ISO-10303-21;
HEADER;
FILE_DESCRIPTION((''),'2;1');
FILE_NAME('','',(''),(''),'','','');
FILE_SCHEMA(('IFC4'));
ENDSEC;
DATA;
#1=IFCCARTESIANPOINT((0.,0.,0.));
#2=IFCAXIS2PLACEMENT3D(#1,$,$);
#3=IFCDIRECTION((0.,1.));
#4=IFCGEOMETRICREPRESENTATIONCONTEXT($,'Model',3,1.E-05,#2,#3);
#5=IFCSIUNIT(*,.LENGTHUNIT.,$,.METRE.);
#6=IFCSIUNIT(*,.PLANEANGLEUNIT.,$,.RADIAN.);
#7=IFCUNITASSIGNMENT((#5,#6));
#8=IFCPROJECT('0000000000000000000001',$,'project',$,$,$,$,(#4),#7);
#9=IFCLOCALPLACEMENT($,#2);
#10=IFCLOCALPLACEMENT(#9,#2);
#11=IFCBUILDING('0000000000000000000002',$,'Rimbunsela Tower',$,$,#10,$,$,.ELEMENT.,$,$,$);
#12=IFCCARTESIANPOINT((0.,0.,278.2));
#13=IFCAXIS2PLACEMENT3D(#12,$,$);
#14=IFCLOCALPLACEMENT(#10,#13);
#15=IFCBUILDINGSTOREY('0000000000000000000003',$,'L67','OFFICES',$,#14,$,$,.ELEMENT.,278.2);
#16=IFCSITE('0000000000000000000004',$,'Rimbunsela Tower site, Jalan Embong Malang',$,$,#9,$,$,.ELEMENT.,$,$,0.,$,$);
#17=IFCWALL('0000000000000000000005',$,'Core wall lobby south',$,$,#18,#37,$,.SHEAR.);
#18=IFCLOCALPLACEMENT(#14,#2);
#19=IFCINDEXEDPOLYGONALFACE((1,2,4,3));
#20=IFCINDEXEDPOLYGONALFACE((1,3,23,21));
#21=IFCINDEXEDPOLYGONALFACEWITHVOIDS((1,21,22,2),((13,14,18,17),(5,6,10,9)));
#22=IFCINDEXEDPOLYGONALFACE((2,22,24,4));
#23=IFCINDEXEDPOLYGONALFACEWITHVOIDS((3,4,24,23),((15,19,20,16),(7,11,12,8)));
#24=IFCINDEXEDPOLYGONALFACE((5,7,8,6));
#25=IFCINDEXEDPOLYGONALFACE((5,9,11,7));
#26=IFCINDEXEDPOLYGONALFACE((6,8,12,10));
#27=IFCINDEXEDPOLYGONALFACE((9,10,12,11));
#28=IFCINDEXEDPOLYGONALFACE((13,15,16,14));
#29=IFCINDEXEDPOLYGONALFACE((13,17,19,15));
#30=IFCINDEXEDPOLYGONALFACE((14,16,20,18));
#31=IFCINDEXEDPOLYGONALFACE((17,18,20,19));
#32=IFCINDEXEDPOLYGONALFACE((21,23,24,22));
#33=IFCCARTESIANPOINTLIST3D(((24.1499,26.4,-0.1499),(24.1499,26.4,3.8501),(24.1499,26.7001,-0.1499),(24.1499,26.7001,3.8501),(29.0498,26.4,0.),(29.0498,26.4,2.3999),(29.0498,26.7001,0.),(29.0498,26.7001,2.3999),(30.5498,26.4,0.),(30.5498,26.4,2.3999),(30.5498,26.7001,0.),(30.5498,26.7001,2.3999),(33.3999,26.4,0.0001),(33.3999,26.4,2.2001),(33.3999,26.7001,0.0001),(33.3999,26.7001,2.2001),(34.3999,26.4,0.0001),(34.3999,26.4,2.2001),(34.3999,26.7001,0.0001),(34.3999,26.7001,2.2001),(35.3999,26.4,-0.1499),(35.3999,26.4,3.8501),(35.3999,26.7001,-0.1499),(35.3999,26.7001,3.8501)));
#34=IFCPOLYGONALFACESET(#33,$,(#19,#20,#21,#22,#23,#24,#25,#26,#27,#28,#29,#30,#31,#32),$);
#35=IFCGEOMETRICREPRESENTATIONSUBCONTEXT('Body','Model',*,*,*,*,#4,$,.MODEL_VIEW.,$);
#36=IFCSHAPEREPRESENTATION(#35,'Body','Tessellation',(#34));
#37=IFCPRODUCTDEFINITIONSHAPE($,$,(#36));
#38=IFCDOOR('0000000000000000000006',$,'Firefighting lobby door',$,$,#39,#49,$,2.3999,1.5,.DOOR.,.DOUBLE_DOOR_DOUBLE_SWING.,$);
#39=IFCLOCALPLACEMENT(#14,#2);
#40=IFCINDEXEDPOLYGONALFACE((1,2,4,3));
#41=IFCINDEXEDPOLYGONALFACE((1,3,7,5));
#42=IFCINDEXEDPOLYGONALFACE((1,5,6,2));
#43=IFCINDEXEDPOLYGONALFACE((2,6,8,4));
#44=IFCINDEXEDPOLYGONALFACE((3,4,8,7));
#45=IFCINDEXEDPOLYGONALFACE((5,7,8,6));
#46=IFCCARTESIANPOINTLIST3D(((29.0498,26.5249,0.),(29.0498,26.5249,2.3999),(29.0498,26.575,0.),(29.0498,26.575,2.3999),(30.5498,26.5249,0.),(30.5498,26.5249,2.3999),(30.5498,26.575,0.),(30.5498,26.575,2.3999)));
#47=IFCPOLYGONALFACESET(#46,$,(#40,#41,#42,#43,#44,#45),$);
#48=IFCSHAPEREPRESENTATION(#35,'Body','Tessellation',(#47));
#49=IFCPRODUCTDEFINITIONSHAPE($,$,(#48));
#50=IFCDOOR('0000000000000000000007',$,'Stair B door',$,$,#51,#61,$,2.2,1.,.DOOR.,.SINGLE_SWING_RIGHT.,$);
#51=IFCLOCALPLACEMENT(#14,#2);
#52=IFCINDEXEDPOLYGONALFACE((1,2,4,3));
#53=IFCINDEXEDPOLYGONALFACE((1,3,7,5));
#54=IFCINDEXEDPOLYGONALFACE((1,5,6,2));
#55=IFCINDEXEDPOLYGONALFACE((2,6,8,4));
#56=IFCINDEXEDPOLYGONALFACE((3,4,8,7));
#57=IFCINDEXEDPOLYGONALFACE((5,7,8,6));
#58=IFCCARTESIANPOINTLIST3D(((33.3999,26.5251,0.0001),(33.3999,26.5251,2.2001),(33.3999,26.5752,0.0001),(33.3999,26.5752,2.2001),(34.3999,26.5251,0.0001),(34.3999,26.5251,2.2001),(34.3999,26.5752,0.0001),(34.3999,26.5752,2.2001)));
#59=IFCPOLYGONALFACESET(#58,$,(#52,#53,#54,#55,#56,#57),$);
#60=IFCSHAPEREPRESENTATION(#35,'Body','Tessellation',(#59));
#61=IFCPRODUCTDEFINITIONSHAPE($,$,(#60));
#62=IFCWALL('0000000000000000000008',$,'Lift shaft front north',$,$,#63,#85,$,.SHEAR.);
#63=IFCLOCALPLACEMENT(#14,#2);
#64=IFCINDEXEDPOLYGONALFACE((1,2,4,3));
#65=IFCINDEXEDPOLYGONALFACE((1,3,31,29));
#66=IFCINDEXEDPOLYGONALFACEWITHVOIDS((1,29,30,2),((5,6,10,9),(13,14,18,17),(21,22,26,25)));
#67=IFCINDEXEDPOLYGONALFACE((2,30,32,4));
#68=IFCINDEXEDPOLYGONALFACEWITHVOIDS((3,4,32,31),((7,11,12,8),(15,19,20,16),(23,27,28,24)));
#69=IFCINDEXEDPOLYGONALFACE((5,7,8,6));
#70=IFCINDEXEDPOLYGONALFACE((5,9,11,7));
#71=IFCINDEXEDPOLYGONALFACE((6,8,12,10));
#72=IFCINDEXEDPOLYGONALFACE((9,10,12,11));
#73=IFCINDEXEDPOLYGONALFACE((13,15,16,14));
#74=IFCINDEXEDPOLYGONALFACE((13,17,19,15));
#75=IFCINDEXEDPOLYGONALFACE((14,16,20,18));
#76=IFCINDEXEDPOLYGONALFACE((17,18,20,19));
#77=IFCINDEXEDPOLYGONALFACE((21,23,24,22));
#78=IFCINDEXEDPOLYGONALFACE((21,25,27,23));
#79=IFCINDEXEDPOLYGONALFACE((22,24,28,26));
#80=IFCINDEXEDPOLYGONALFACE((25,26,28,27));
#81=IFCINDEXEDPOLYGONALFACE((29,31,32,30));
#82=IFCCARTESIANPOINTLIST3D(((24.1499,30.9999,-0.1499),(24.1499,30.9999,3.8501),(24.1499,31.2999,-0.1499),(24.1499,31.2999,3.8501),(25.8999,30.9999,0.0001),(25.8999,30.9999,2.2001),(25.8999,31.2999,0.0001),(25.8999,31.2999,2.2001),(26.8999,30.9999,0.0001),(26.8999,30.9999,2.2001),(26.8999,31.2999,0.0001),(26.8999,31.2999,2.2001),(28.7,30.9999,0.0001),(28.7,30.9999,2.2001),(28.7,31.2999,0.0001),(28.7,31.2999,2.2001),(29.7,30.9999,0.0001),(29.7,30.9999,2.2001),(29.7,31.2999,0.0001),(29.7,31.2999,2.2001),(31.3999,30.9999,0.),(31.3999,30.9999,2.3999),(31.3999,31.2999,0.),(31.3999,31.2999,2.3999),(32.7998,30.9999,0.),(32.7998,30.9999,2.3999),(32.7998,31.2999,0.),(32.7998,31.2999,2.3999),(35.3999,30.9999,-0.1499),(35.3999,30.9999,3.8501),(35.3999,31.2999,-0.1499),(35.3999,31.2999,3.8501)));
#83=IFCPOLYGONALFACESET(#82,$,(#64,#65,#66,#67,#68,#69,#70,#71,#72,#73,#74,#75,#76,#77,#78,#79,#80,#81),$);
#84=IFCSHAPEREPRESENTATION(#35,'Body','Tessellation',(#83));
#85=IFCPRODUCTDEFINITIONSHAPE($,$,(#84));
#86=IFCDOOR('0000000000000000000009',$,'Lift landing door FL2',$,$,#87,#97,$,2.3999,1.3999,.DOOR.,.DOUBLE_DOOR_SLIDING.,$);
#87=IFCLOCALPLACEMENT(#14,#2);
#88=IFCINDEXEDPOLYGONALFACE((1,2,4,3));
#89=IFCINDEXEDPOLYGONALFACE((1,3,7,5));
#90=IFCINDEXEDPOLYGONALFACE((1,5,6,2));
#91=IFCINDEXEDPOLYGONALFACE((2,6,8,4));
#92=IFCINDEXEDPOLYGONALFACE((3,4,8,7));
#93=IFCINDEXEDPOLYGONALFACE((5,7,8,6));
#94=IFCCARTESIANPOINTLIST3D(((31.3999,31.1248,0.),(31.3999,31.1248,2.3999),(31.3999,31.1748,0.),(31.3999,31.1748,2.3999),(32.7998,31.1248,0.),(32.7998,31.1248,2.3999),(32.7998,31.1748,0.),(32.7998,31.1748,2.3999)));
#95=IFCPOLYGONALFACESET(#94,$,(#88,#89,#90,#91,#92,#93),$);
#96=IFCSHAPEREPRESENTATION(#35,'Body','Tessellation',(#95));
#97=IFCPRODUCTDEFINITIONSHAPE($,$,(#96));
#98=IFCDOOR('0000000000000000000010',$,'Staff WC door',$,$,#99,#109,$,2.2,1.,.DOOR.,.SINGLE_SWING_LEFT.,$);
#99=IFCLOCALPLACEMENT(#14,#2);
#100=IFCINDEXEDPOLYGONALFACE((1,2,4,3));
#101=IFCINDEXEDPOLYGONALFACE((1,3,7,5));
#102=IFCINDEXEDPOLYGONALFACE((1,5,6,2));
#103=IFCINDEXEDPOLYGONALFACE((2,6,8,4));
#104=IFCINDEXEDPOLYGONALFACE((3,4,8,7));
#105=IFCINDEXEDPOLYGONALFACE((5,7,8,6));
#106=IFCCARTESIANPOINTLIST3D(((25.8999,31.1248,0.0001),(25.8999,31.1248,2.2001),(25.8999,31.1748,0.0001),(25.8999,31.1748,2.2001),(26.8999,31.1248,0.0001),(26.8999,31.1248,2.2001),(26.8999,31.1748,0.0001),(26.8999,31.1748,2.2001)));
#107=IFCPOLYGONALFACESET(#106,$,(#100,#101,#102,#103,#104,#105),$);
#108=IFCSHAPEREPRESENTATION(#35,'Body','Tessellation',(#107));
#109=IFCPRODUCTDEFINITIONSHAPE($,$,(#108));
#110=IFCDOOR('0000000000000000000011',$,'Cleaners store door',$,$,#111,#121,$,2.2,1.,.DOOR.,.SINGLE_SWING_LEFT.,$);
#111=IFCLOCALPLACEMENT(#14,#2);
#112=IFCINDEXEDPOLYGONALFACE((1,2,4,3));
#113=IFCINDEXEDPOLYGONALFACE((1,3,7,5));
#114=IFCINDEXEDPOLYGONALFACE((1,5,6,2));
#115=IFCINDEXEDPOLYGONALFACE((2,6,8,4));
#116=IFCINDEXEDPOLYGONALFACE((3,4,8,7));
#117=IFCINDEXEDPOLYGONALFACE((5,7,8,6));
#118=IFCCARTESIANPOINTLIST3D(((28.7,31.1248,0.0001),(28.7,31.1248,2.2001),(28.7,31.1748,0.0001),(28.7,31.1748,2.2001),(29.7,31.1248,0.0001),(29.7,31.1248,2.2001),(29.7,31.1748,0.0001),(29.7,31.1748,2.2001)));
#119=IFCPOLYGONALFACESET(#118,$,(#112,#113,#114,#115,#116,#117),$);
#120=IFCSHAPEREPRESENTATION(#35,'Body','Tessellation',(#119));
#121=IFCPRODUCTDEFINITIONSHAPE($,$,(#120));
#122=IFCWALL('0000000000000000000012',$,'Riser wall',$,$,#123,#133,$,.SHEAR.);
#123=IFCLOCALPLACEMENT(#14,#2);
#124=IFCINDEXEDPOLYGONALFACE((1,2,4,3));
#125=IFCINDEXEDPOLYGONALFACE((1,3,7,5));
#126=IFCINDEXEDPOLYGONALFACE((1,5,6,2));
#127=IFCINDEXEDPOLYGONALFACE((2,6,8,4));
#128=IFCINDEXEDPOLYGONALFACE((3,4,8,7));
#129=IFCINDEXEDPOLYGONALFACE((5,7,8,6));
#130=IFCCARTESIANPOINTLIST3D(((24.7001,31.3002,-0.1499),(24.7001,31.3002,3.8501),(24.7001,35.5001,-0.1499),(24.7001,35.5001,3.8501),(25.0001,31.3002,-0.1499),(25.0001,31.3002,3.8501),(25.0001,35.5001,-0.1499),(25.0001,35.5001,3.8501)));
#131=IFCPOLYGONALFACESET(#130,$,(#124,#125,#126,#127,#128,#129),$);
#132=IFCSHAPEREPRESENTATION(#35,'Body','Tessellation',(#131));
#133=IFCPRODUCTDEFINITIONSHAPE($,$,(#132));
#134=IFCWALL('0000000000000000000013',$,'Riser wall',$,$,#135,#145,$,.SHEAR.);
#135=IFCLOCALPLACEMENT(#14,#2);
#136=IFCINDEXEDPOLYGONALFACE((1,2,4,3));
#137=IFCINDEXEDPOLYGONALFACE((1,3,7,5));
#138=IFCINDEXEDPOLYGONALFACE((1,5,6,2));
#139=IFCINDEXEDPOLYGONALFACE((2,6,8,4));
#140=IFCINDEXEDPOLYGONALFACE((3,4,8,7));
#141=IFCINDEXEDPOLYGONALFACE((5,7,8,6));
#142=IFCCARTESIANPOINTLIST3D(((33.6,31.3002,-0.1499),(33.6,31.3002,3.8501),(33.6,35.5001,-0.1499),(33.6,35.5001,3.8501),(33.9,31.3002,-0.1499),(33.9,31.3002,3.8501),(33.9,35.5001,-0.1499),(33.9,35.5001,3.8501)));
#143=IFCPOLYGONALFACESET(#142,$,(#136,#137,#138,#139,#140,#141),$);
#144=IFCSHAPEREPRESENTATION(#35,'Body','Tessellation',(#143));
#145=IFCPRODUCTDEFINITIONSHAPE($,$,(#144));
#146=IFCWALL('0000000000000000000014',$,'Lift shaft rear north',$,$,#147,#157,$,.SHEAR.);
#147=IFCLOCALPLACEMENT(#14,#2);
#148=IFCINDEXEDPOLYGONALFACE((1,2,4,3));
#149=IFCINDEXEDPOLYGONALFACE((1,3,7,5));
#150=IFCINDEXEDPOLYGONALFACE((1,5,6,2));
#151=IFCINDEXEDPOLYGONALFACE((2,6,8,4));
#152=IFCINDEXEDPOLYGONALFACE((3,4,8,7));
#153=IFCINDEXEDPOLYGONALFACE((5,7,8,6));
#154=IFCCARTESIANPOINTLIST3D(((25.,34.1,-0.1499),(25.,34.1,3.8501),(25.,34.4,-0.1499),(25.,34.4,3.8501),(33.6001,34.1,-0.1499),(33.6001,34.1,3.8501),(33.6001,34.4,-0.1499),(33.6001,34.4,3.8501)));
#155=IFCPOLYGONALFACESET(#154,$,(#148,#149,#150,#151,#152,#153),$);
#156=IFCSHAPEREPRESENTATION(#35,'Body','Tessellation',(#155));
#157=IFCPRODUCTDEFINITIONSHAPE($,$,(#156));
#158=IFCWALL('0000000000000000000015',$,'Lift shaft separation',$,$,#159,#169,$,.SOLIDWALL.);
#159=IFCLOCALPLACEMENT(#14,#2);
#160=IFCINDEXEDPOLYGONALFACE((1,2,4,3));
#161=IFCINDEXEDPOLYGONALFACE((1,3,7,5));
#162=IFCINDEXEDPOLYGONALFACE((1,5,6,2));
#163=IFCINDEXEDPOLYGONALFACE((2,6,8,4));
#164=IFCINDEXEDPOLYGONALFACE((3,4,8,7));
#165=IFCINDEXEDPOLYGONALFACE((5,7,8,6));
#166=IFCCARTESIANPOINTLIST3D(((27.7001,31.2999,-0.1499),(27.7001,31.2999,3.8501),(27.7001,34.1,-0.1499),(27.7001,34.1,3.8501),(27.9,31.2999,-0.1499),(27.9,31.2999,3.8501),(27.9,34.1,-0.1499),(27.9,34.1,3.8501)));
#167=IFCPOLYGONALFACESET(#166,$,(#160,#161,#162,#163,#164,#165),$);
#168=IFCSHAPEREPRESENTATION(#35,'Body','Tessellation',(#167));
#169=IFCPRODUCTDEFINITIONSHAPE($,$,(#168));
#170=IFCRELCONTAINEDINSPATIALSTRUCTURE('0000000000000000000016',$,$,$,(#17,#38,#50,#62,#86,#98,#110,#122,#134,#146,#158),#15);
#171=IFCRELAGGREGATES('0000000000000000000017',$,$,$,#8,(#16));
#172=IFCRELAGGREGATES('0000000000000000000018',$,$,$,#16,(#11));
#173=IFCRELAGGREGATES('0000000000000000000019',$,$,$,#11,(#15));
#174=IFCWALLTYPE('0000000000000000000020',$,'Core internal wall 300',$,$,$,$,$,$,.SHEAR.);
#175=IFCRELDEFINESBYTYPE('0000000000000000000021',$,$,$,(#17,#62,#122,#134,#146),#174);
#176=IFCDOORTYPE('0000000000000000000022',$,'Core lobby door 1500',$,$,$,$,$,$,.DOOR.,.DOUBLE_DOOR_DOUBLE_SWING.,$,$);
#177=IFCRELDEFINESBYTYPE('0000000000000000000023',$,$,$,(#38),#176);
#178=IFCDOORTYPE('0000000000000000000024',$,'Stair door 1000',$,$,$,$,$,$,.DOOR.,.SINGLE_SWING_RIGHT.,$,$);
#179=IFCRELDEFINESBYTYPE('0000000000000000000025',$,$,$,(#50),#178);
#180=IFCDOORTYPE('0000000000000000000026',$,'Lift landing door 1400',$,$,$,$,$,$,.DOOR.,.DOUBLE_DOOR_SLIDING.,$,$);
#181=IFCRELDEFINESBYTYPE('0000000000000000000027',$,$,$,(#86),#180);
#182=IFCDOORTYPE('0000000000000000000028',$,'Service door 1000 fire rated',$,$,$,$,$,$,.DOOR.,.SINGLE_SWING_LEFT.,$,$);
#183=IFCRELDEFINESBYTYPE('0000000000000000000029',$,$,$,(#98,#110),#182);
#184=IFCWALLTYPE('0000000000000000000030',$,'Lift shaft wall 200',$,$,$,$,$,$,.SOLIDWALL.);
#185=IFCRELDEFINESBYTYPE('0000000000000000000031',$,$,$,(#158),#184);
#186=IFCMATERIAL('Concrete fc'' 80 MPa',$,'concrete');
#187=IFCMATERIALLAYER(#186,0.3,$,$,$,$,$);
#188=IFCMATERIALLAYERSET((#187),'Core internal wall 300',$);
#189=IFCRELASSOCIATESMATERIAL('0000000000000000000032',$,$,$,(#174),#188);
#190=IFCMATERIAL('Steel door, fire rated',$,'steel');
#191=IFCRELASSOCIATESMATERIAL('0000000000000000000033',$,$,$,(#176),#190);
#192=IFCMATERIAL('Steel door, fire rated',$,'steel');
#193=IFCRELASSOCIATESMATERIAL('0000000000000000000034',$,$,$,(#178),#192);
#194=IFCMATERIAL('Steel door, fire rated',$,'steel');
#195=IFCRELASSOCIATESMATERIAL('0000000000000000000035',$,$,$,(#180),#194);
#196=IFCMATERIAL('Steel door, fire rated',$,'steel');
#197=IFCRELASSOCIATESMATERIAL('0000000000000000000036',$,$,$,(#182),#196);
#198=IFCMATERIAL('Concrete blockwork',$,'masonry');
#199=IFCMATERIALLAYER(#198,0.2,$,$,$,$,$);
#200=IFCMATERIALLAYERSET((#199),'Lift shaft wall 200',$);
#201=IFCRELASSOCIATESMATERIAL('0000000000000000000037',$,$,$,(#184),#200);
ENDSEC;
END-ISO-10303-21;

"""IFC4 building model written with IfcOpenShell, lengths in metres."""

from ifc_helpers import new_model, si_unit, direction, frame, frame_2d, origin, place, context, subcontext, project, spatial, rectangle, extrude, material, layer, layer_set, type_object, element, fill, save


model = new_model("IFC4")

# Units and contexts
model_context = context("Model", 3, precision=1e-05, world=origin(), true_north=direction((0.0, 1.0)))
body_context = subcontext(model_context, "Body", "Model", "MODEL_VIEW")
ifc_project = project(units=[si_unit("LENGTHUNIT", "METRE"), si_unit("PLANEANGLEUNIT", "RADIAN")], contexts=[model_context])

# Site, building, storey
site_placement = place(None, origin())
site = spatial("IfcSite", under=ifc_project, at=site_placement, Name="Rimbunsela Tower site, Jalan Embong Malang", CompositionType="ELEMENT", RefElevation=0.0)
building_placement = place(site_placement, origin())
building = spatial("IfcBuilding", under=site, at=building_placement, Name="Rimbunsela Tower", CompositionType="ELEMENT")
storey_placement = place(building_placement, frame((0.0, 0.0, 278.2)))
storey = spatial("IfcBuildingStorey", under=building, at=storey_placement, Name="L67", Description="OFFICES", CompositionType="ELEMENT", Elevation=278.2)

# Walls, openings, doors
ifc_material_1 = material(Name="Concrete fc' 80 MPa", Category="concrete")
ifc_layer_1 = layer(ifc_material_1, 0.3)
ifc_layer_set_1 = layer_set([ifc_layer_1], Name="Core internal wall 300")
wall_type_1 = type_object("IfcWallType", Name="Core internal wall 300", PredefinedType="SHEAR", material=ifc_layer_set_1)
wall_1_placement = place(storey_placement, frame((24.1499, 26.55, -0.1499), z_axis=(0.0, 0.0, 1.0), x_axis=(1.0, 0.0, 0.0)))
wall_1 = element("IfcWall", 1, at=wall_1_placement, inside=storey, type_object=wall_type_1, Name="Core wall lobby south", PredefinedType="SHEAR", context=body_context, shape_type="SweptSolid", body=[
    extrude(rectangle(XDim=11.25, YDim=0.3, at=frame_2d((5.625, 0.0))), origin(), (0.0, 0.0, 1.0), 4.0),
])
opening_1_placement = place(wall_1_placement, frame((9.25, 0.0, 0.1499)))
opening_1 = element("IfcOpeningElement", 2, at=opening_1_placement, cuts=wall_1, PredefinedType="OPENING", context=body_context, shape_type="SweptSolid", body=[
    extrude(rectangle(XDim=1.0, YDim=2.2, at=frame_2d((0.5, 1.1001))), frame((0.0, 0.1599, 0.0), z_axis=(0.0, -1.0, 0.0), x_axis=(1.0, 0.0, 0.0)), (0.0, 0.0, 1.0), 0.3201),
])
opening_2_placement = place(wall_1_placement, frame((4.8999, 0.0, 0.1499)))
opening_2 = element("IfcOpeningElement", 3, at=opening_2_placement, cuts=wall_1, PredefinedType="OPENING", context=body_context, shape_type="SweptSolid", body=[
    extrude(rectangle(XDim=1.5, YDim=2.3999, at=frame_2d((0.75, 1.2))), frame((0.0, 0.1599, 0.0), z_axis=(0.0, -1.0, 0.0), x_axis=(1.0, 0.0, 0.0)), (0.0, 0.0, 1.0), 0.3201),
])
ifc_material_2 = material(Name="Steel door, fire rated", Category="steel")
door_type_1 = type_object("IfcDoorType", Name="Core lobby door 1500", OperationType="DOUBLE_DOOR_DOUBLE_SWING", PredefinedType="DOOR", material=ifc_material_2)
door_1_placement = place(opening_2_placement, origin())
door_1 = element("IfcDoor", 4, at=door_1_placement, inside=storey, type_object=door_type_1, Name="Firefighting lobby door", OperationType="DOUBLE_DOOR_DOUBLE_SWING", OverallHeight=2.3999, OverallWidth=1.5, PredefinedType="DOOR", context=body_context, shape_type="SweptSolid", body=[
    extrude(rectangle(XDim=1.5, YDim=2.3999, at=frame_2d((0.75, 1.2))), frame((0.0, 0.0249, 0.0), z_axis=(0.0, -1.0, 0.0), x_axis=(1.0, 0.0, 0.0)), (0.0, 0.0, 1.0), 0.05),
])
fill(opening_2, door_1)
ifc_material_3 = material(Name="Steel door, fire rated", Category="steel")
door_type_2 = type_object("IfcDoorType", Name="Stair door 1000", OperationType="SINGLE_SWING_RIGHT", PredefinedType="DOOR", material=ifc_material_3)
door_2_placement = place(opening_1_placement, frame((1.0, 0.0, 0.0), z_axis=(0.0, 0.0, 1.0), x_axis=(-1.0, 0.0, 0.0)))
door_2 = element("IfcDoor", 5, at=door_2_placement, inside=storey, type_object=door_type_2, Name="Stair B door", OperationType="SINGLE_SWING_RIGHT", OverallHeight=2.2, OverallWidth=1.0, PredefinedType="DOOR", context=body_context, shape_type="SweptSolid", body=[
    extrude(rectangle(XDim=1.0, YDim=2.2, at=frame_2d((0.5, 1.1001))), frame((0.0, 0.0249, 0.0), z_axis=(0.0, -1.0, 0.0), x_axis=(1.0, 0.0, 0.0)), (0.0, 0.0, 1.0), 0.05),
])
fill(opening_1, door_2)
wall_2_placement = place(storey_placement, frame((24.1499, 31.1499, -0.1499), z_axis=(0.0, 0.0, 1.0), x_axis=(1.0, 0.0, 0.0)))
wall_2 = element("IfcWall", 6, at=wall_2_placement, inside=storey, type_object=wall_type_1, Name="Lift shaft front north", PredefinedType="SHEAR", context=body_context, shape_type="SweptSolid", body=[
    extrude(rectangle(XDim=11.25, YDim=0.3, at=frame_2d((5.625, 0.0))), origin(), (0.0, 0.0, 1.0), 4.0),
])
opening_3_placement = place(wall_2_placement, frame((1.75, 0.0, 0.1499)))
opening_3 = element("IfcOpeningElement", 7, at=opening_3_placement, cuts=wall_2, PredefinedType="OPENING", context=body_context, shape_type="SweptSolid", body=[
    extrude(rectangle(XDim=1.0, YDim=2.2, at=frame_2d((0.5, 1.1001))), frame((0.0, 0.1599, 0.0), z_axis=(0.0, -1.0, 0.0), x_axis=(1.0, 0.0, 0.0)), (0.0, 0.0, 1.0), 0.3201),
])
opening_4_placement = place(wall_2_placement, frame((4.55, 0.0, 0.1499)))
opening_4 = element("IfcOpeningElement", 8, at=opening_4_placement, cuts=wall_2, PredefinedType="OPENING", context=body_context, shape_type="SweptSolid", body=[
    extrude(rectangle(XDim=1.0, YDim=2.2, at=frame_2d((0.5, 1.1001))), frame((0.0, 0.1599, 0.0), z_axis=(0.0, -1.0, 0.0), x_axis=(1.0, 0.0, 0.0)), (0.0, 0.0, 1.0), 0.3201),
])
opening_5_placement = place(wall_2_placement, frame((7.25, 0.0, 0.1499)))
opening_5 = element("IfcOpeningElement", 9, at=opening_5_placement, cuts=wall_2, PredefinedType="OPENING", context=body_context, shape_type="SweptSolid", body=[
    extrude(rectangle(XDim=1.3999, YDim=2.3999, at=frame_2d((0.7, 1.2))), frame((0.0, 0.1599, 0.0), z_axis=(0.0, -1.0, 0.0), x_axis=(1.0, 0.0, 0.0)), (0.0, 0.0, 1.0), 0.3201),
])
ifc_material_4 = material(Name="Steel door, fire rated", Category="steel")
door_type_3 = type_object("IfcDoorType", Name="Lift landing door 1400", OperationType="DOUBLE_DOOR_SLIDING", PredefinedType="DOOR", material=ifc_material_4)
door_3_placement = place(opening_5_placement, origin())
door_3 = element("IfcDoor", 10, at=door_3_placement, inside=storey, type_object=door_type_3, Name="Lift landing door FL2", OperationType="DOUBLE_DOOR_SLIDING", OverallHeight=2.3999, OverallWidth=1.3999, PredefinedType="DOOR", context=body_context, shape_type="SweptSolid", body=[
    extrude(rectangle(XDim=1.3999, YDim=2.3999, at=frame_2d((0.7, 1.2))), frame((0.0, 0.0249, 0.0), z_axis=(0.0, -1.0, 0.0), x_axis=(1.0, 0.0, 0.0)), (0.0, 0.0, 1.0), 0.05),
])
fill(opening_5, door_3)
ifc_material_5 = material(Name="Steel door, fire rated", Category="steel")
door_type_4 = type_object("IfcDoorType", Name="Service door 1000 fire rated", OperationType="SINGLE_SWING_LEFT", PredefinedType="DOOR", material=ifc_material_5)
door_4_placement = place(opening_3_placement, origin())
door_4 = element("IfcDoor", 11, at=door_4_placement, inside=storey, type_object=door_type_4, Name="Staff WC door", OperationType="SINGLE_SWING_LEFT", OverallHeight=2.2, OverallWidth=1.0, PredefinedType="DOOR", context=body_context, shape_type="SweptSolid", body=[
    extrude(rectangle(XDim=1.0, YDim=2.2, at=frame_2d((0.5, 1.1001))), frame((0.0, 0.0249, 0.0), z_axis=(0.0, -1.0, 0.0), x_axis=(1.0, 0.0, 0.0)), (0.0, 0.0, 1.0), 0.05),
])
fill(opening_3, door_4)
door_5_placement = place(opening_4_placement, origin())
door_5 = element("IfcDoor", 12, at=door_5_placement, inside=storey, type_object=door_type_4, Name="Cleaners store door", OperationType="SINGLE_SWING_LEFT", OverallHeight=2.2, OverallWidth=1.0, PredefinedType="DOOR", context=body_context, shape_type="SweptSolid", body=[
    extrude(rectangle(XDim=1.0, YDim=2.2, at=frame_2d((0.5, 1.1001))), frame((0.0, 0.0249, 0.0), z_axis=(0.0, -1.0, 0.0), x_axis=(1.0, 0.0, 0.0)), (0.0, 0.0, 1.0), 0.05),
])
fill(opening_4, door_5)

# Walls
for number, where, z_axis, x_axis, name in (
    (13, (24.8501, 31.3, -0.1499), (0.0, 0.0, 1.0), (0.0, 1.0, 0.0), "Riser wall"),
    (14, (33.75, 31.3, -0.1499), (0.0, 0.0, 1.0), (0.0, 1.0, 0.0), "Riser wall"),
):
    element("IfcWall", number, at=place(storey_placement, frame(where, z_axis=z_axis, x_axis=x_axis)), inside=storey, type_object=wall_type_1, Name=name, PredefinedType="SHEAR", context=body_context, shape_type="SweptSolid", body=[
        extrude(rectangle(XDim=4.2, YDim=0.3, at=frame_2d((2.1001, 0.0))), origin(), (0.0, 0.0, 1.0), 4.0),
    ])
wall_3_placement = place(storey_placement, frame((25.0, 34.25, -0.1499), z_axis=(0.0, 0.0, 1.0), x_axis=(1.0, 0.0, 0.0)))
element("IfcWall", 15, at=wall_3_placement, inside=storey, type_object=wall_type_1, Name="Lift shaft rear north", PredefinedType="SHEAR", context=body_context, shape_type="SweptSolid", body=[
    extrude(rectangle(XDim=8.6001, YDim=0.3, at=frame_2d((4.3, 0.0))), origin(), (0.0, 0.0, 1.0), 4.0),
])
ifc_material_6 = material(Name="Concrete blockwork", Category="masonry")
ifc_layer_2 = layer(ifc_material_6, 0.2)
ifc_layer_set_2 = layer_set([ifc_layer_2], Name="Lift shaft wall 200")
wall_type_2 = type_object("IfcWallType", Name="Lift shaft wall 200", PredefinedType="SOLIDWALL", material=ifc_layer_set_2)
for number, where, z_axis, x_axis, name in (
    (16, (27.8, 31.3, -0.1499), (0.0, 0.0, 1.0), (0.0, 1.0, 0.0), "Lift shaft separation"),
):
    element("IfcWall", number, at=place(storey_placement, frame(where, z_axis=z_axis, x_axis=x_axis)), inside=storey, type_object=wall_type_2, Name=name, PredefinedType="SOLIDWALL", context=body_context, shape_type="SweptSolid", body=[
        extrude(rectangle(XDim=2.8, YDim=0.2, at=frame_2d((1.3999, 0.0))), origin(), (0.0, 0.0, 1.0), 4.0),
    ])

save(model, "model.ifc")
